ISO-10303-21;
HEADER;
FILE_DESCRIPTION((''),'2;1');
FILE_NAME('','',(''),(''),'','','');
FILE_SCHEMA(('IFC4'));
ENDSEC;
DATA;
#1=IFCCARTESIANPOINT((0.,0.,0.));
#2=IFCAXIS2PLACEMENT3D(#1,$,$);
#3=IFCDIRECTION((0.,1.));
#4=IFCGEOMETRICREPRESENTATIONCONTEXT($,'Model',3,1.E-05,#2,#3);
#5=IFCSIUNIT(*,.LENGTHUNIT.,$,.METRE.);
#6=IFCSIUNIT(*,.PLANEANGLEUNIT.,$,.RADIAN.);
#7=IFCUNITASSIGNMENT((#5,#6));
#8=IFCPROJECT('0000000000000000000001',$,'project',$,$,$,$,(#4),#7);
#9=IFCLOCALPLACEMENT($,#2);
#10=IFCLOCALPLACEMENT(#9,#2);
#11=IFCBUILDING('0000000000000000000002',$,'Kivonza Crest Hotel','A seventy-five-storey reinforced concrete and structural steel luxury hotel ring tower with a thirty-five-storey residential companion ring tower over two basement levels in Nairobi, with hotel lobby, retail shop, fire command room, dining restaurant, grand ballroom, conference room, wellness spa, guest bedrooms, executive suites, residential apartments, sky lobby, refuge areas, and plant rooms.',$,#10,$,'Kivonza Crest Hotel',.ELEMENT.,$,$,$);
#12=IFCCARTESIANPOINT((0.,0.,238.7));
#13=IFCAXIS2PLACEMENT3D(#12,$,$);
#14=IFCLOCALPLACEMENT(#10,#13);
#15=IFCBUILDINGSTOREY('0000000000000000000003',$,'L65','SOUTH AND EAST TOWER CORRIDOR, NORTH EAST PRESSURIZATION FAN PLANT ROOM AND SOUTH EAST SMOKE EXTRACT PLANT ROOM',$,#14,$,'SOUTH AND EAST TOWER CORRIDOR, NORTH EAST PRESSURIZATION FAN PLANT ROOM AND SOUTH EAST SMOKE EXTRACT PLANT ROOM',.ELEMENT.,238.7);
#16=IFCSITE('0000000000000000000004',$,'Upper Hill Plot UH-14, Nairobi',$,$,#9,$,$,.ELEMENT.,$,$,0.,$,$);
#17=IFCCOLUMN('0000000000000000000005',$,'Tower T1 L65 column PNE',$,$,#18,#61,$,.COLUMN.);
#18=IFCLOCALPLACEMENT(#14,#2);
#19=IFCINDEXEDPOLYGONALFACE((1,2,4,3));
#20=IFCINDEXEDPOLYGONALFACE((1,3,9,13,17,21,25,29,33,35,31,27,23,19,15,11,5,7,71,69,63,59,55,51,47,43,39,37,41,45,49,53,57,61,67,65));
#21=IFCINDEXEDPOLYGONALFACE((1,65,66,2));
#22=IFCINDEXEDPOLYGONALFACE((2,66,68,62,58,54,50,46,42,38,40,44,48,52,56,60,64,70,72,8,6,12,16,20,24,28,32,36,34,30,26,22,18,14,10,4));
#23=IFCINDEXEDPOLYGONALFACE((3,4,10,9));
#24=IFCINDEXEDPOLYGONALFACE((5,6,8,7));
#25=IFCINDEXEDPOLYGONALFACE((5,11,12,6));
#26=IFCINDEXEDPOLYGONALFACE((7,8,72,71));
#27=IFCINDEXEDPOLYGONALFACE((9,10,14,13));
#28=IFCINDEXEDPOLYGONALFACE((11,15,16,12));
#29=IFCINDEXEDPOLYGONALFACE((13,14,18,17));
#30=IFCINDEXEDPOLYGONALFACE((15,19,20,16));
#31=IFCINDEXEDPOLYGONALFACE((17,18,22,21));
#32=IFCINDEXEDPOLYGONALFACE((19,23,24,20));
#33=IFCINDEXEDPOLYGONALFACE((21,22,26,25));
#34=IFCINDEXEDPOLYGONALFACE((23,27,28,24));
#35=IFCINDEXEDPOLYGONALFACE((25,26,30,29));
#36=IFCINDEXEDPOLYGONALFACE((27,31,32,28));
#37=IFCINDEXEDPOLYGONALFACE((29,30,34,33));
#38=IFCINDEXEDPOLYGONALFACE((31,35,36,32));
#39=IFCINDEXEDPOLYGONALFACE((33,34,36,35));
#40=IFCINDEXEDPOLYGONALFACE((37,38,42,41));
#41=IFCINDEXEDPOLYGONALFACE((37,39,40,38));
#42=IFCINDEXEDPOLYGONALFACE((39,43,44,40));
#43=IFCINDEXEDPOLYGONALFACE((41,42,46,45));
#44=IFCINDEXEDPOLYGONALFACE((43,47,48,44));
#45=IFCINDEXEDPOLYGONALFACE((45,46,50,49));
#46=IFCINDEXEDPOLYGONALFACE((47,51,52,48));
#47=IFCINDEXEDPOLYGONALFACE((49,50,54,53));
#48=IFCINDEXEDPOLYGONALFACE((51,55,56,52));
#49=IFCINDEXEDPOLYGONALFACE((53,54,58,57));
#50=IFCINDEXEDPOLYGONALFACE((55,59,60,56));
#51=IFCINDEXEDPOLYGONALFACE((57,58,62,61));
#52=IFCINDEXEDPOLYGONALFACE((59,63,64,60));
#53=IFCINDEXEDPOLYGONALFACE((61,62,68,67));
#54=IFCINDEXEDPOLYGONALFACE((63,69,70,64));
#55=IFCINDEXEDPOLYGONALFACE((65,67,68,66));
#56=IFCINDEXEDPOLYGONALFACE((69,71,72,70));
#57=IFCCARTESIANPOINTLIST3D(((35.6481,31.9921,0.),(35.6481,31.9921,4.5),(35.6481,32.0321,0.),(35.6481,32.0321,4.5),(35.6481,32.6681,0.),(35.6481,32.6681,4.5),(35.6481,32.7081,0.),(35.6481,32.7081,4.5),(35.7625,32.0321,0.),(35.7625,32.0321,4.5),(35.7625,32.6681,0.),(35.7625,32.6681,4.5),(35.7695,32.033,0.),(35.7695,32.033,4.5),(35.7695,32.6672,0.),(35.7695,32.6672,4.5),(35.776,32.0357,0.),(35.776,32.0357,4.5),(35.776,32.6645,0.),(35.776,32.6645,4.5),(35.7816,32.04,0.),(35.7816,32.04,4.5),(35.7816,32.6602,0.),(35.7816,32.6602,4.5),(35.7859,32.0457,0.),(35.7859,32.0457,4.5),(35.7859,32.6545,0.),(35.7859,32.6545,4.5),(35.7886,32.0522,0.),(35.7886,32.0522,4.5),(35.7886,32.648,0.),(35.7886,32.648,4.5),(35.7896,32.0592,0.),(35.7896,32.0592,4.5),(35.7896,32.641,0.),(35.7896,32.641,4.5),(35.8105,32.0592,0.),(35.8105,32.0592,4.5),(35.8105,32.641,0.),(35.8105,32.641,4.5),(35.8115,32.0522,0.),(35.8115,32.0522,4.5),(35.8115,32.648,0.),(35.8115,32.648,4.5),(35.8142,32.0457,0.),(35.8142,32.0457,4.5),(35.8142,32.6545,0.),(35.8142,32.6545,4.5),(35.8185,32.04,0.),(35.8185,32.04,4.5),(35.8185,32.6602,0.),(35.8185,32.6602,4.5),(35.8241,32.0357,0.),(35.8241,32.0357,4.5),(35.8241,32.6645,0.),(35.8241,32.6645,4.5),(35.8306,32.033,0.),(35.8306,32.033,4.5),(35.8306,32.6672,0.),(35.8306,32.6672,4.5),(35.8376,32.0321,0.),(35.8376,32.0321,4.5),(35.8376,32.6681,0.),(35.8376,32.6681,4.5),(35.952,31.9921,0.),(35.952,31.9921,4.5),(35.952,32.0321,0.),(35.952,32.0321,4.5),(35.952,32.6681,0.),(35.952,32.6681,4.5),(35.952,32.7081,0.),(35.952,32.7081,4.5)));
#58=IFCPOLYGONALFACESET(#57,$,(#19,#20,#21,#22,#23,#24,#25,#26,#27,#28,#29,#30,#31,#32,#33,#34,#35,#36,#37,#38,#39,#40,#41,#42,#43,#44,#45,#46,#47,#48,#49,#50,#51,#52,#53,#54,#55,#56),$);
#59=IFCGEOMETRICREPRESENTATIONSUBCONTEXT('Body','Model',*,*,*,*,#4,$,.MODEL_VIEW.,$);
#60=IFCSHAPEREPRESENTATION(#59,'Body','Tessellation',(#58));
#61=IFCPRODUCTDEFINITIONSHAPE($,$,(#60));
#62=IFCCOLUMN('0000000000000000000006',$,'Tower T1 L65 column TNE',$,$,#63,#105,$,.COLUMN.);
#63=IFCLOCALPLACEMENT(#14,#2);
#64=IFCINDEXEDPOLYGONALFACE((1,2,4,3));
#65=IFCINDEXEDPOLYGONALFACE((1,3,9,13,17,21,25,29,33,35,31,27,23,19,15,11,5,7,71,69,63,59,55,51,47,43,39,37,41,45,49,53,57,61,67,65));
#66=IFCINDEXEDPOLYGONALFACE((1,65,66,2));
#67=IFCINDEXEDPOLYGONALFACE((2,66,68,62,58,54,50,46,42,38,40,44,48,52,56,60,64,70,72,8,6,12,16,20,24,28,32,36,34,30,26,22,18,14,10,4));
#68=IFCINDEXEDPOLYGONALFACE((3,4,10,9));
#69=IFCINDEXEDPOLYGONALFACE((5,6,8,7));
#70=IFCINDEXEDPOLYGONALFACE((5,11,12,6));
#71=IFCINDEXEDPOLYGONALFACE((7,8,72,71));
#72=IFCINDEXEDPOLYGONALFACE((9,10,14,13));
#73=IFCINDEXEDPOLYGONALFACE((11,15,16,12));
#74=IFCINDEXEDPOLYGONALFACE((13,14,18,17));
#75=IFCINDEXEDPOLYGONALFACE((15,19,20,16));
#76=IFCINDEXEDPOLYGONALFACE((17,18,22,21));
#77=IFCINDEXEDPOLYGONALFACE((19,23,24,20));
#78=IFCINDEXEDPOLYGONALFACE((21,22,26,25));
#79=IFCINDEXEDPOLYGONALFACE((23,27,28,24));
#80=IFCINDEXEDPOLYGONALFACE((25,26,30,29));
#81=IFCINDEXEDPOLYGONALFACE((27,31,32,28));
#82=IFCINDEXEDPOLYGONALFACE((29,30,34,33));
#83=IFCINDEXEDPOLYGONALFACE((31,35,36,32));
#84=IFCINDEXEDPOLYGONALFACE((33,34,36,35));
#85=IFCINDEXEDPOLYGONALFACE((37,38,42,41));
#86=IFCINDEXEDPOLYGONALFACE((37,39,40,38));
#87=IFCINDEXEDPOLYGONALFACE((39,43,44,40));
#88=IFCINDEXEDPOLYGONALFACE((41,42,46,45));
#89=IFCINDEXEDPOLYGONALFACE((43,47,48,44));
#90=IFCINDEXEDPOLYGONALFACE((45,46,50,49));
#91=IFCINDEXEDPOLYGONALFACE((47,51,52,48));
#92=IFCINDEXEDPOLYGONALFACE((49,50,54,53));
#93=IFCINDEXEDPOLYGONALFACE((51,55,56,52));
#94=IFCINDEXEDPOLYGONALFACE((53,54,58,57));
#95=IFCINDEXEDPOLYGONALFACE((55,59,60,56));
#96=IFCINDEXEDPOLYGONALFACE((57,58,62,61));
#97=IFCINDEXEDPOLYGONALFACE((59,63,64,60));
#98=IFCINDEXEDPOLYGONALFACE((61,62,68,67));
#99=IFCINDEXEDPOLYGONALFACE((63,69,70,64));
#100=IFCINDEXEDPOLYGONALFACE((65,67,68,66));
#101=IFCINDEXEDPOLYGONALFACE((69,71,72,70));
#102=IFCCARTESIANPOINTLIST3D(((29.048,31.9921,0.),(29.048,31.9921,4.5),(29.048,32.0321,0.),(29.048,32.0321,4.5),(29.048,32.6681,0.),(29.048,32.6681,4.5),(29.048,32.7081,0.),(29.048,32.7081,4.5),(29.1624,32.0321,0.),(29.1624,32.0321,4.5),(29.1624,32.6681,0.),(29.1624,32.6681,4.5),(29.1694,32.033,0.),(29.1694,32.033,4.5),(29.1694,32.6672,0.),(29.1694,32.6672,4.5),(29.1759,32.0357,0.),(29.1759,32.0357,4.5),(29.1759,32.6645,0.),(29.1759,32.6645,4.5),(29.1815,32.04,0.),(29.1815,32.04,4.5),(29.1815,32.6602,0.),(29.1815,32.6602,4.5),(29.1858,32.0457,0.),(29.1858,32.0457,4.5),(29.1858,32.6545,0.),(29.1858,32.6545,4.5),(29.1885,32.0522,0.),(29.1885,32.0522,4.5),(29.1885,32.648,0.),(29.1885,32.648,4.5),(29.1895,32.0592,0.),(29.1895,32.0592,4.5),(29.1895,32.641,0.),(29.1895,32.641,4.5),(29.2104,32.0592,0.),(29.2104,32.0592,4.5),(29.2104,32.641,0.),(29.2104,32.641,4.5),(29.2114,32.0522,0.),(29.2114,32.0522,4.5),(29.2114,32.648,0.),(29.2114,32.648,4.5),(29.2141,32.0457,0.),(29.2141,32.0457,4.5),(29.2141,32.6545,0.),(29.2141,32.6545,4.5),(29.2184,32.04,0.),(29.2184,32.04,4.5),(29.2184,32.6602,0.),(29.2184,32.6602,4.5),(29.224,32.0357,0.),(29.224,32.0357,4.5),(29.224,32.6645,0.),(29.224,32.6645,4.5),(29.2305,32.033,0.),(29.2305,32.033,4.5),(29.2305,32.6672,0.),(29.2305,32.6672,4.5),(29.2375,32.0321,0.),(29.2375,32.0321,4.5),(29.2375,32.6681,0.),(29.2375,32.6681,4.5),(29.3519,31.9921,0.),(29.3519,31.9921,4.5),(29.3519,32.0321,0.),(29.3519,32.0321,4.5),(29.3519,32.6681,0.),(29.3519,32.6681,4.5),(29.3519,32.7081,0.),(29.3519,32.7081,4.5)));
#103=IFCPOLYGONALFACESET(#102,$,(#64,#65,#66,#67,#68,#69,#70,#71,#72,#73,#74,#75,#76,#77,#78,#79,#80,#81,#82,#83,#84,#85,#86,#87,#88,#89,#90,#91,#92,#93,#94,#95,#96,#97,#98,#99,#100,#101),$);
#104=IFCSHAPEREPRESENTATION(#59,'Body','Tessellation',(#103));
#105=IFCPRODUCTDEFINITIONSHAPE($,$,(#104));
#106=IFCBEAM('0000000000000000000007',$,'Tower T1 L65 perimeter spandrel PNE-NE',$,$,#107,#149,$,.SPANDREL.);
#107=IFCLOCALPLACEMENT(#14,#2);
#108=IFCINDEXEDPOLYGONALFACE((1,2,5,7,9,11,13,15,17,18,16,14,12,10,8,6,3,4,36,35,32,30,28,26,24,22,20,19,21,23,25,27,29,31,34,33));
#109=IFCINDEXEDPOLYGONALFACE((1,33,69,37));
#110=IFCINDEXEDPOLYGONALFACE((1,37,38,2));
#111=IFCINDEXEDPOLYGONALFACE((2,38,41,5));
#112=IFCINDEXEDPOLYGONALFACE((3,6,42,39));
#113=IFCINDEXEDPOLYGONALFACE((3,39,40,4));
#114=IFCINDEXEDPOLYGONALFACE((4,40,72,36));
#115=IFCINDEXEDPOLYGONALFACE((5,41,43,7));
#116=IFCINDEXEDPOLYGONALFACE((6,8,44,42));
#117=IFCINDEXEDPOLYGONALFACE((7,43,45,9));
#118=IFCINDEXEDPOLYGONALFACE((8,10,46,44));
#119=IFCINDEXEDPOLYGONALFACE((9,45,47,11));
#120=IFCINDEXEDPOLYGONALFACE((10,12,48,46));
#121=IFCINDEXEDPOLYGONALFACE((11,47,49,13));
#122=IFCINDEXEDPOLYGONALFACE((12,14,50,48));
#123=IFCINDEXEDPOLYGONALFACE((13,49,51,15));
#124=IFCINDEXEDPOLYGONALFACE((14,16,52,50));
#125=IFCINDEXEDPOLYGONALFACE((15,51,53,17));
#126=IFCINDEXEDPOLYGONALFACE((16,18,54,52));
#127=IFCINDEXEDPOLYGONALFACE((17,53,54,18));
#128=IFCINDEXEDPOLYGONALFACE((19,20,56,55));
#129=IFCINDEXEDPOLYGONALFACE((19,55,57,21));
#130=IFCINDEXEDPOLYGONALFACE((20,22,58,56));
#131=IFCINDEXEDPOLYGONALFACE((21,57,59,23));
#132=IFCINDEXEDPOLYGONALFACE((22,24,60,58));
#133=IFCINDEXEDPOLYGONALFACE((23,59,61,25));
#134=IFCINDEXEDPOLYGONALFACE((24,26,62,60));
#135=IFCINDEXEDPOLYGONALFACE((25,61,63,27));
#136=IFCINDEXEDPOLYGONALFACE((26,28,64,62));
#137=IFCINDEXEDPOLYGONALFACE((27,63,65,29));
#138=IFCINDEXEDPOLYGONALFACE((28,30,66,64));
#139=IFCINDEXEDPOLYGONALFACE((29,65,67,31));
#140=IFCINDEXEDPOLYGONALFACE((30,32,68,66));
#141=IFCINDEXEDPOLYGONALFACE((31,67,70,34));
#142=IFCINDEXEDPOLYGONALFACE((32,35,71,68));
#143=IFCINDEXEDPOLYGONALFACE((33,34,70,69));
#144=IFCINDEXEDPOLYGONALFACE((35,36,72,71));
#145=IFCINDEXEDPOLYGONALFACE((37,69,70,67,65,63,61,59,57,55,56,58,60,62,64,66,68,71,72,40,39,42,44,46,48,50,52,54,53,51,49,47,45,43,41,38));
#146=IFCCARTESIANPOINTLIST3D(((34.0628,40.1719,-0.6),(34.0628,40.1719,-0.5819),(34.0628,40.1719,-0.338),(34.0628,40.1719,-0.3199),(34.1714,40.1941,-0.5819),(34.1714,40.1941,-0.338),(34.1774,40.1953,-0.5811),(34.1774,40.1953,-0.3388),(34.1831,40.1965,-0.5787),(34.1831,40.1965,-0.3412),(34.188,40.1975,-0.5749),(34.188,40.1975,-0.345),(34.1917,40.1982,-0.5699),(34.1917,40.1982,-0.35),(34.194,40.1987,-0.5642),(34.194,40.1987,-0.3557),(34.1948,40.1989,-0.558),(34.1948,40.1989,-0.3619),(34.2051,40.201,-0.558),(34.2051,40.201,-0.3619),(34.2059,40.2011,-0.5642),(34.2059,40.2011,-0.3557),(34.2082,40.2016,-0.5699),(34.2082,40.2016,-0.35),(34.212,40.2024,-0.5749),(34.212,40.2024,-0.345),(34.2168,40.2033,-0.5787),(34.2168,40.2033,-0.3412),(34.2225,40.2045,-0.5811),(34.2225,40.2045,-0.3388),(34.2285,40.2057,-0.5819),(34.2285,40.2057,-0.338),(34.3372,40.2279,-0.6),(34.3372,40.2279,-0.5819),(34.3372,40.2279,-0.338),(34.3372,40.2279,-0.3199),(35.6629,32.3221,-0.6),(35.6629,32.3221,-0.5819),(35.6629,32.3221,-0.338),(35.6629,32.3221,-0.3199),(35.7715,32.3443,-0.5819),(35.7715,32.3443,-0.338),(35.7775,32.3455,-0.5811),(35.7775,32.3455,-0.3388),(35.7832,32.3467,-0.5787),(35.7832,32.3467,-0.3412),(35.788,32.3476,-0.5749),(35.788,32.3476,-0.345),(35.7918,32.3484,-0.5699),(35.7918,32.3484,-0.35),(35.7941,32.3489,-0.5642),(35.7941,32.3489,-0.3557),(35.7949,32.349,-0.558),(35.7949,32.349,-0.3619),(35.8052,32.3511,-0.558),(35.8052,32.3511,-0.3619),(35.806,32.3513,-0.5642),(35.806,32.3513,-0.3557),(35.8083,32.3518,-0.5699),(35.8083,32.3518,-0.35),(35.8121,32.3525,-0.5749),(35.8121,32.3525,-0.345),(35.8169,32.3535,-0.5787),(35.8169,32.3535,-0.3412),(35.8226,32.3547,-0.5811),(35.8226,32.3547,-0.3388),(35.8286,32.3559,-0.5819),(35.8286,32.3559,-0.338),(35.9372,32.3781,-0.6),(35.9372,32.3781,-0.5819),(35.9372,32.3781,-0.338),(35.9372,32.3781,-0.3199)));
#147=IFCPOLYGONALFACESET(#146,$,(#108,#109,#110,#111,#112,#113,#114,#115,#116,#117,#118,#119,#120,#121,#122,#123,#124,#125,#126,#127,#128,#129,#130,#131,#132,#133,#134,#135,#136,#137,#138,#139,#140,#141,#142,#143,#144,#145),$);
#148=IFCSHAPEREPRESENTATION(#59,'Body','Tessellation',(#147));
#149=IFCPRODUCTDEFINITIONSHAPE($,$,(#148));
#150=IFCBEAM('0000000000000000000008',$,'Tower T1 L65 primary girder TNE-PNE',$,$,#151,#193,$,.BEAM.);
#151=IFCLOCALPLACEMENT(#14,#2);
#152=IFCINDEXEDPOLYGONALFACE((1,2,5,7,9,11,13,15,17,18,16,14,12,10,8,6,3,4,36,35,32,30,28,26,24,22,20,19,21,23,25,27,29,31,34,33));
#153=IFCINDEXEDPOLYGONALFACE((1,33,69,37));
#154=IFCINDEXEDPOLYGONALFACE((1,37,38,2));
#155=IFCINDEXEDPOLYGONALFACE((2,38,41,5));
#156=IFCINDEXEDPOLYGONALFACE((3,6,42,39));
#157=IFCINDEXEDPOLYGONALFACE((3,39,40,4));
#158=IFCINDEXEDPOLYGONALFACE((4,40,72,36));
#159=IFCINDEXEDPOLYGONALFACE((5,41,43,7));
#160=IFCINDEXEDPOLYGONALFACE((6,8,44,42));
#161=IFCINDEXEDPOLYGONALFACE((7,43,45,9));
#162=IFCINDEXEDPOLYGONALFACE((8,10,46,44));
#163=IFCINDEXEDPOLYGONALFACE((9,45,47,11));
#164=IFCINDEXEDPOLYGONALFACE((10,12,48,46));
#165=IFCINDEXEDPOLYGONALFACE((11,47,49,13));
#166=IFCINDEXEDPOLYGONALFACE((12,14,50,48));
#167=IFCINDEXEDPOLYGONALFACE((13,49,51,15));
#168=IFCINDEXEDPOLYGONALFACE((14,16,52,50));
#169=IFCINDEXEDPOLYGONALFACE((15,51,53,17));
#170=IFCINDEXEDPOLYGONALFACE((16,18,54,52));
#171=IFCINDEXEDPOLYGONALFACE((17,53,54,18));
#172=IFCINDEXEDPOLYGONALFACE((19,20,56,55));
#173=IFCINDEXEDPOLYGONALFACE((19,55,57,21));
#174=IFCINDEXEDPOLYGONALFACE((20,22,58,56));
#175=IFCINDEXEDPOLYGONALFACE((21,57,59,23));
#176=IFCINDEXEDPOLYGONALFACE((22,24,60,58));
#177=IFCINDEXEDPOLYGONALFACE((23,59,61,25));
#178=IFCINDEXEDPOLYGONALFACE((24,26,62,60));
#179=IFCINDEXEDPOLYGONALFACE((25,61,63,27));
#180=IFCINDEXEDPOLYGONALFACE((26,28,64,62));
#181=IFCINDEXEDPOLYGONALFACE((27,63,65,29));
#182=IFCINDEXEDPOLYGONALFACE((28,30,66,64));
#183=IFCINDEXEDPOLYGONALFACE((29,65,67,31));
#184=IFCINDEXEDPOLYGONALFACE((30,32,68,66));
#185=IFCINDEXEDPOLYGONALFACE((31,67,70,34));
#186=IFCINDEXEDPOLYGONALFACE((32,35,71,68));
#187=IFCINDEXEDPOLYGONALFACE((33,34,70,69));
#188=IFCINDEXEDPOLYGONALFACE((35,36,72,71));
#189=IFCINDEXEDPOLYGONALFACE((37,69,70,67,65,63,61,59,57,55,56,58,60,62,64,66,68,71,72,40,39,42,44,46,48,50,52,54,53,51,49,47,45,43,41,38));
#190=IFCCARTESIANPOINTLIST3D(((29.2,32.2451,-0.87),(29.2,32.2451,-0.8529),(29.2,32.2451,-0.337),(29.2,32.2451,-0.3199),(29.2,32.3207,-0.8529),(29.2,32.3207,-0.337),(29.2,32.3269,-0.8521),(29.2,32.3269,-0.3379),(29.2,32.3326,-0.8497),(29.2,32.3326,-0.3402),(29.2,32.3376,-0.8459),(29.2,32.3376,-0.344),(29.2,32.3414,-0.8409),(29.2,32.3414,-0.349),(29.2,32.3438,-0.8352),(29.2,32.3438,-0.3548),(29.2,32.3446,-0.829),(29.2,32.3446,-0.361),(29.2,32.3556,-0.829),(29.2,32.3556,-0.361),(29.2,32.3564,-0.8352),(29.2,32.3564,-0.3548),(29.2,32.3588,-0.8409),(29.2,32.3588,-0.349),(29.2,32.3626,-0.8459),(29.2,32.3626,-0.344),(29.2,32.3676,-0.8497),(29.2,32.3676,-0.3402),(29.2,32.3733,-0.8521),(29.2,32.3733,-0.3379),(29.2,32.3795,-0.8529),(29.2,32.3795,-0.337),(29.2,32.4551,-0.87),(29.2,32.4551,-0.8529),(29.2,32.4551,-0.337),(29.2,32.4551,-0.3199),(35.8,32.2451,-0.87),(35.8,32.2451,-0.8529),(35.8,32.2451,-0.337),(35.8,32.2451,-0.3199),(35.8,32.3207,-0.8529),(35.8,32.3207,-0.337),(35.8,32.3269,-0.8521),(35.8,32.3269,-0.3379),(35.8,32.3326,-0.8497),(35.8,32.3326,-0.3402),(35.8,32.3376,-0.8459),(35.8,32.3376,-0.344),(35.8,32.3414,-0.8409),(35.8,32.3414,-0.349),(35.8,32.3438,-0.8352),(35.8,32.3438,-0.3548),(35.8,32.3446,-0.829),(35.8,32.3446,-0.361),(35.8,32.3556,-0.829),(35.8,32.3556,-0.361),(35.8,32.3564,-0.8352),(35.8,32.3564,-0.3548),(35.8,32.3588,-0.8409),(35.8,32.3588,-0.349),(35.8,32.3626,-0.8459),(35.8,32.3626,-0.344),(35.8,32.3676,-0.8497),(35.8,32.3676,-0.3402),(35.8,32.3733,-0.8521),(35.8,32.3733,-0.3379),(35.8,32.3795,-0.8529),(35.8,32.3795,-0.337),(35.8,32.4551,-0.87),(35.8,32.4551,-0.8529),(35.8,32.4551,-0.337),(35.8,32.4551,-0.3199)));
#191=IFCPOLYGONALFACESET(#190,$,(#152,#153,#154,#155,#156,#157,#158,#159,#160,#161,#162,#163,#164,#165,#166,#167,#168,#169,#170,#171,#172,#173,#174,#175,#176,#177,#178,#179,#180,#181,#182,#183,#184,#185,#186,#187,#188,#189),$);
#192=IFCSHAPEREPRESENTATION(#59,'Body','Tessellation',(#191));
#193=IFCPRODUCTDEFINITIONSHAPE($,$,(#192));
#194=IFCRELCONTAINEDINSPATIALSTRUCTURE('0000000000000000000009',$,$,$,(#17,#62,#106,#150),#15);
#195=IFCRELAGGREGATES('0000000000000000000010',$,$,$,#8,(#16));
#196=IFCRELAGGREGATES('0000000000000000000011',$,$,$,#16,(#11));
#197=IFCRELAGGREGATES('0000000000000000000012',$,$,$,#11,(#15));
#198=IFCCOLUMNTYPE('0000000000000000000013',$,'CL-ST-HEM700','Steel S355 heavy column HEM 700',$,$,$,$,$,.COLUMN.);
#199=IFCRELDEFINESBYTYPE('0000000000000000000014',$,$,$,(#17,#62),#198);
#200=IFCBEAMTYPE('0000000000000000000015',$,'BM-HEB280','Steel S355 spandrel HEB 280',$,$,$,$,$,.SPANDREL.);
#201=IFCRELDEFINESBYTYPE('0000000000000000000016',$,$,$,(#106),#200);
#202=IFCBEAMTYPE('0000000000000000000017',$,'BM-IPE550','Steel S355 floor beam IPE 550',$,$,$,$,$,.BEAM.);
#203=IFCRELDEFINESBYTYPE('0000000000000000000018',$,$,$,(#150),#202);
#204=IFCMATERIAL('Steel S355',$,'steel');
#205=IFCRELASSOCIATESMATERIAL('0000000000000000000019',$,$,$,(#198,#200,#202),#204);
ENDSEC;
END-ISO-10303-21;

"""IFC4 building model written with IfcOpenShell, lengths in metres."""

from ifc_helpers import new_model, si_unit, direction, frame, origin, origin_2d, place, context, subcontext, project, spatial, i_section, extrude, material, material_profile, profile_set, type_object, element, save


model = new_model("IFC4")

# Units and contexts
model_context = context("Model", 3, precision=1e-05, world=origin(), true_north=direction((0.0, 1.0)))
body_context = subcontext(model_context, "Body", "Model", "MODEL_VIEW")
ifc_project = project(units=[si_unit("LENGTHUNIT", "METRE"), si_unit("PLANEANGLEUNIT", "RADIAN")], contexts=[model_context])

# Site, building, storey
site_placement = place(None, origin())
site = spatial("IfcSite", under=ifc_project, at=site_placement, Name="Upper Hill Plot UH-14, Nairobi", CompositionType="ELEMENT", RefElevation=0.0)
building_placement = place(site_placement, origin())
building = spatial("IfcBuilding", under=site, at=building_placement, Name="Kivonza Crest Hotel", Description="A seventy-five-storey reinforced concrete and structural steel luxury hotel ring tower with a thirty-five-storey residential companion ring tower over two basement levels in Nairobi, with hotel lobby, retail shop, fire command room, dining restaurant, grand ballroom, conference room, wellness spa, guest bedrooms, executive suites, residential apartments, sky lobby, refuge areas, and plant rooms.", LongName="Kivonza Crest Hotel", CompositionType="ELEMENT")
storey_placement = place(building_placement, frame((0.0, 0.0, 238.7)))
storey = spatial("IfcBuildingStorey", under=building, at=storey_placement, Name="L65", Description="SOUTH AND EAST TOWER CORRIDOR, NORTH EAST PRESSURIZATION FAN PLANT ROOM AND SOUTH EAST SMOKE EXTRACT PLANT ROOM", LongName="SOUTH AND EAST TOWER CORRIDOR, NORTH EAST PRESSURIZATION FAN PLANT ROOM AND SOUTH EAST SMOKE EXTRACT PLANT ROOM", CompositionType="ELEMENT", Elevation=238.7)

# Columns
ifc_material_1 = material(Name="Steel S355", Category="steel")
ifc_material_profile_1 = material_profile(ifc_material_1, i_section(OverallWidth=0.304, OverallDepth=0.7161, WebThickness=0.021, FlangeThickness=0.04, FilletRadius=0.0271, at=origin_2d()), Name="HEM 700")
ifc_profile_set_1 = profile_set([ifc_material_profile_1], Name="Steel S355")
column_type = type_object("IfcColumnType", Name="CL-ST-HEM700", Description="Steel S355 heavy column HEM 700", PredefinedType="COLUMN", material=ifc_profile_set_1)
for number, where, z_axis, x_axis, name in (
    (1, (35.8, 32.3501, 0.0), (0.0, 0.0, 1.0), (1.0, 0.0, 0.0), "Tower T1 L65 column PNE"),
    (2, (29.2, 32.3501, 0.0), (0.0, 0.0, 1.0), (1.0, 0.0, 0.0), "Tower T1 L65 column TNE"),
):
    element("IfcColumn", number, at=place(storey_placement, frame(where, z_axis=z_axis, x_axis=x_axis)), inside=storey, type_object=column_type, Name=name, PredefinedType="COLUMN", context=body_context, shape_type="SweptSolid", body=[
        extrude(i_section(OverallWidth=0.304, OverallDepth=0.7161, WebThickness=0.021, FlangeThickness=0.04, FilletRadius=0.0271, at=origin_2d()), origin(), (0.0, 0.0, 1.0), 4.5),
    ])

# Beams
ifc_material_profile_2 = material_profile(ifc_material_1, i_section(OverallWidth=0.28, OverallDepth=0.28, WebThickness=0.0105, FlangeThickness=0.0181, FilletRadius=0.0239, at=origin_2d()), Name="HEB 280")
ifc_profile_set_2 = profile_set([ifc_material_profile_2], Name="Steel S355")
beam_type_1 = type_object("IfcBeamType", Name="BM-HEB280", Description="Steel S355 spandrel HEB 280", PredefinedType="SPANDREL", material=ifc_profile_set_2)
beam_1_placement = place(storey_placement, frame((35.8, 32.3501, -0.46), z_axis=(-0.199731, 0.979851, 0.0), x_axis=(-0.979851, -0.199731, 0.0)))
element("IfcBeam", 3, at=beam_1_placement, inside=storey, type_object=beam_type_1, Name="Tower T1 L65 perimeter spandrel PNE-NE", PredefinedType="SPANDREL", context=body_context, shape_type="SweptSolid", body=[
    extrude(i_section(OverallWidth=0.28, OverallDepth=0.28, WebThickness=0.0105, FlangeThickness=0.0181, FilletRadius=0.0239, at=origin_2d()), origin(), (0.0, 0.0, 1.0), 8.0112),
])
ifc_material_profile_3 = material_profile(ifc_material_1, i_section(OverallWidth=0.21, OverallDepth=0.55, WebThickness=0.011, FlangeThickness=0.0171, FilletRadius=0.0239, at=origin_2d()), Name="IPE 550")
ifc_profile_set_3 = profile_set([ifc_material_profile_3], Name="Steel S355")
beam_type_2 = type_object("IfcBeamType", Name="BM-IPE550", Description="Steel S355 floor beam IPE 550", PredefinedType="BEAM", material=ifc_profile_set_3)
beam_2_placement = place(storey_placement, frame((29.2, 32.3501, -0.595), z_axis=(1.0, 0.0, 0.0), x_axis=(0.0, 1.0, 0.0)))
element("IfcBeam", 4, at=beam_2_placement, inside=storey, type_object=beam_type_2, Name="Tower T1 L65 primary girder TNE-PNE", PredefinedType="BEAM", context=body_context, shape_type="SweptSolid", body=[
    extrude(i_section(OverallWidth=0.21, OverallDepth=0.55, WebThickness=0.011, FlangeThickness=0.0171, FilletRadius=0.0239, at=origin_2d()), origin(), (0.0, 0.0, 1.0), 6.6001),
])

save(model, "model.ifc")
